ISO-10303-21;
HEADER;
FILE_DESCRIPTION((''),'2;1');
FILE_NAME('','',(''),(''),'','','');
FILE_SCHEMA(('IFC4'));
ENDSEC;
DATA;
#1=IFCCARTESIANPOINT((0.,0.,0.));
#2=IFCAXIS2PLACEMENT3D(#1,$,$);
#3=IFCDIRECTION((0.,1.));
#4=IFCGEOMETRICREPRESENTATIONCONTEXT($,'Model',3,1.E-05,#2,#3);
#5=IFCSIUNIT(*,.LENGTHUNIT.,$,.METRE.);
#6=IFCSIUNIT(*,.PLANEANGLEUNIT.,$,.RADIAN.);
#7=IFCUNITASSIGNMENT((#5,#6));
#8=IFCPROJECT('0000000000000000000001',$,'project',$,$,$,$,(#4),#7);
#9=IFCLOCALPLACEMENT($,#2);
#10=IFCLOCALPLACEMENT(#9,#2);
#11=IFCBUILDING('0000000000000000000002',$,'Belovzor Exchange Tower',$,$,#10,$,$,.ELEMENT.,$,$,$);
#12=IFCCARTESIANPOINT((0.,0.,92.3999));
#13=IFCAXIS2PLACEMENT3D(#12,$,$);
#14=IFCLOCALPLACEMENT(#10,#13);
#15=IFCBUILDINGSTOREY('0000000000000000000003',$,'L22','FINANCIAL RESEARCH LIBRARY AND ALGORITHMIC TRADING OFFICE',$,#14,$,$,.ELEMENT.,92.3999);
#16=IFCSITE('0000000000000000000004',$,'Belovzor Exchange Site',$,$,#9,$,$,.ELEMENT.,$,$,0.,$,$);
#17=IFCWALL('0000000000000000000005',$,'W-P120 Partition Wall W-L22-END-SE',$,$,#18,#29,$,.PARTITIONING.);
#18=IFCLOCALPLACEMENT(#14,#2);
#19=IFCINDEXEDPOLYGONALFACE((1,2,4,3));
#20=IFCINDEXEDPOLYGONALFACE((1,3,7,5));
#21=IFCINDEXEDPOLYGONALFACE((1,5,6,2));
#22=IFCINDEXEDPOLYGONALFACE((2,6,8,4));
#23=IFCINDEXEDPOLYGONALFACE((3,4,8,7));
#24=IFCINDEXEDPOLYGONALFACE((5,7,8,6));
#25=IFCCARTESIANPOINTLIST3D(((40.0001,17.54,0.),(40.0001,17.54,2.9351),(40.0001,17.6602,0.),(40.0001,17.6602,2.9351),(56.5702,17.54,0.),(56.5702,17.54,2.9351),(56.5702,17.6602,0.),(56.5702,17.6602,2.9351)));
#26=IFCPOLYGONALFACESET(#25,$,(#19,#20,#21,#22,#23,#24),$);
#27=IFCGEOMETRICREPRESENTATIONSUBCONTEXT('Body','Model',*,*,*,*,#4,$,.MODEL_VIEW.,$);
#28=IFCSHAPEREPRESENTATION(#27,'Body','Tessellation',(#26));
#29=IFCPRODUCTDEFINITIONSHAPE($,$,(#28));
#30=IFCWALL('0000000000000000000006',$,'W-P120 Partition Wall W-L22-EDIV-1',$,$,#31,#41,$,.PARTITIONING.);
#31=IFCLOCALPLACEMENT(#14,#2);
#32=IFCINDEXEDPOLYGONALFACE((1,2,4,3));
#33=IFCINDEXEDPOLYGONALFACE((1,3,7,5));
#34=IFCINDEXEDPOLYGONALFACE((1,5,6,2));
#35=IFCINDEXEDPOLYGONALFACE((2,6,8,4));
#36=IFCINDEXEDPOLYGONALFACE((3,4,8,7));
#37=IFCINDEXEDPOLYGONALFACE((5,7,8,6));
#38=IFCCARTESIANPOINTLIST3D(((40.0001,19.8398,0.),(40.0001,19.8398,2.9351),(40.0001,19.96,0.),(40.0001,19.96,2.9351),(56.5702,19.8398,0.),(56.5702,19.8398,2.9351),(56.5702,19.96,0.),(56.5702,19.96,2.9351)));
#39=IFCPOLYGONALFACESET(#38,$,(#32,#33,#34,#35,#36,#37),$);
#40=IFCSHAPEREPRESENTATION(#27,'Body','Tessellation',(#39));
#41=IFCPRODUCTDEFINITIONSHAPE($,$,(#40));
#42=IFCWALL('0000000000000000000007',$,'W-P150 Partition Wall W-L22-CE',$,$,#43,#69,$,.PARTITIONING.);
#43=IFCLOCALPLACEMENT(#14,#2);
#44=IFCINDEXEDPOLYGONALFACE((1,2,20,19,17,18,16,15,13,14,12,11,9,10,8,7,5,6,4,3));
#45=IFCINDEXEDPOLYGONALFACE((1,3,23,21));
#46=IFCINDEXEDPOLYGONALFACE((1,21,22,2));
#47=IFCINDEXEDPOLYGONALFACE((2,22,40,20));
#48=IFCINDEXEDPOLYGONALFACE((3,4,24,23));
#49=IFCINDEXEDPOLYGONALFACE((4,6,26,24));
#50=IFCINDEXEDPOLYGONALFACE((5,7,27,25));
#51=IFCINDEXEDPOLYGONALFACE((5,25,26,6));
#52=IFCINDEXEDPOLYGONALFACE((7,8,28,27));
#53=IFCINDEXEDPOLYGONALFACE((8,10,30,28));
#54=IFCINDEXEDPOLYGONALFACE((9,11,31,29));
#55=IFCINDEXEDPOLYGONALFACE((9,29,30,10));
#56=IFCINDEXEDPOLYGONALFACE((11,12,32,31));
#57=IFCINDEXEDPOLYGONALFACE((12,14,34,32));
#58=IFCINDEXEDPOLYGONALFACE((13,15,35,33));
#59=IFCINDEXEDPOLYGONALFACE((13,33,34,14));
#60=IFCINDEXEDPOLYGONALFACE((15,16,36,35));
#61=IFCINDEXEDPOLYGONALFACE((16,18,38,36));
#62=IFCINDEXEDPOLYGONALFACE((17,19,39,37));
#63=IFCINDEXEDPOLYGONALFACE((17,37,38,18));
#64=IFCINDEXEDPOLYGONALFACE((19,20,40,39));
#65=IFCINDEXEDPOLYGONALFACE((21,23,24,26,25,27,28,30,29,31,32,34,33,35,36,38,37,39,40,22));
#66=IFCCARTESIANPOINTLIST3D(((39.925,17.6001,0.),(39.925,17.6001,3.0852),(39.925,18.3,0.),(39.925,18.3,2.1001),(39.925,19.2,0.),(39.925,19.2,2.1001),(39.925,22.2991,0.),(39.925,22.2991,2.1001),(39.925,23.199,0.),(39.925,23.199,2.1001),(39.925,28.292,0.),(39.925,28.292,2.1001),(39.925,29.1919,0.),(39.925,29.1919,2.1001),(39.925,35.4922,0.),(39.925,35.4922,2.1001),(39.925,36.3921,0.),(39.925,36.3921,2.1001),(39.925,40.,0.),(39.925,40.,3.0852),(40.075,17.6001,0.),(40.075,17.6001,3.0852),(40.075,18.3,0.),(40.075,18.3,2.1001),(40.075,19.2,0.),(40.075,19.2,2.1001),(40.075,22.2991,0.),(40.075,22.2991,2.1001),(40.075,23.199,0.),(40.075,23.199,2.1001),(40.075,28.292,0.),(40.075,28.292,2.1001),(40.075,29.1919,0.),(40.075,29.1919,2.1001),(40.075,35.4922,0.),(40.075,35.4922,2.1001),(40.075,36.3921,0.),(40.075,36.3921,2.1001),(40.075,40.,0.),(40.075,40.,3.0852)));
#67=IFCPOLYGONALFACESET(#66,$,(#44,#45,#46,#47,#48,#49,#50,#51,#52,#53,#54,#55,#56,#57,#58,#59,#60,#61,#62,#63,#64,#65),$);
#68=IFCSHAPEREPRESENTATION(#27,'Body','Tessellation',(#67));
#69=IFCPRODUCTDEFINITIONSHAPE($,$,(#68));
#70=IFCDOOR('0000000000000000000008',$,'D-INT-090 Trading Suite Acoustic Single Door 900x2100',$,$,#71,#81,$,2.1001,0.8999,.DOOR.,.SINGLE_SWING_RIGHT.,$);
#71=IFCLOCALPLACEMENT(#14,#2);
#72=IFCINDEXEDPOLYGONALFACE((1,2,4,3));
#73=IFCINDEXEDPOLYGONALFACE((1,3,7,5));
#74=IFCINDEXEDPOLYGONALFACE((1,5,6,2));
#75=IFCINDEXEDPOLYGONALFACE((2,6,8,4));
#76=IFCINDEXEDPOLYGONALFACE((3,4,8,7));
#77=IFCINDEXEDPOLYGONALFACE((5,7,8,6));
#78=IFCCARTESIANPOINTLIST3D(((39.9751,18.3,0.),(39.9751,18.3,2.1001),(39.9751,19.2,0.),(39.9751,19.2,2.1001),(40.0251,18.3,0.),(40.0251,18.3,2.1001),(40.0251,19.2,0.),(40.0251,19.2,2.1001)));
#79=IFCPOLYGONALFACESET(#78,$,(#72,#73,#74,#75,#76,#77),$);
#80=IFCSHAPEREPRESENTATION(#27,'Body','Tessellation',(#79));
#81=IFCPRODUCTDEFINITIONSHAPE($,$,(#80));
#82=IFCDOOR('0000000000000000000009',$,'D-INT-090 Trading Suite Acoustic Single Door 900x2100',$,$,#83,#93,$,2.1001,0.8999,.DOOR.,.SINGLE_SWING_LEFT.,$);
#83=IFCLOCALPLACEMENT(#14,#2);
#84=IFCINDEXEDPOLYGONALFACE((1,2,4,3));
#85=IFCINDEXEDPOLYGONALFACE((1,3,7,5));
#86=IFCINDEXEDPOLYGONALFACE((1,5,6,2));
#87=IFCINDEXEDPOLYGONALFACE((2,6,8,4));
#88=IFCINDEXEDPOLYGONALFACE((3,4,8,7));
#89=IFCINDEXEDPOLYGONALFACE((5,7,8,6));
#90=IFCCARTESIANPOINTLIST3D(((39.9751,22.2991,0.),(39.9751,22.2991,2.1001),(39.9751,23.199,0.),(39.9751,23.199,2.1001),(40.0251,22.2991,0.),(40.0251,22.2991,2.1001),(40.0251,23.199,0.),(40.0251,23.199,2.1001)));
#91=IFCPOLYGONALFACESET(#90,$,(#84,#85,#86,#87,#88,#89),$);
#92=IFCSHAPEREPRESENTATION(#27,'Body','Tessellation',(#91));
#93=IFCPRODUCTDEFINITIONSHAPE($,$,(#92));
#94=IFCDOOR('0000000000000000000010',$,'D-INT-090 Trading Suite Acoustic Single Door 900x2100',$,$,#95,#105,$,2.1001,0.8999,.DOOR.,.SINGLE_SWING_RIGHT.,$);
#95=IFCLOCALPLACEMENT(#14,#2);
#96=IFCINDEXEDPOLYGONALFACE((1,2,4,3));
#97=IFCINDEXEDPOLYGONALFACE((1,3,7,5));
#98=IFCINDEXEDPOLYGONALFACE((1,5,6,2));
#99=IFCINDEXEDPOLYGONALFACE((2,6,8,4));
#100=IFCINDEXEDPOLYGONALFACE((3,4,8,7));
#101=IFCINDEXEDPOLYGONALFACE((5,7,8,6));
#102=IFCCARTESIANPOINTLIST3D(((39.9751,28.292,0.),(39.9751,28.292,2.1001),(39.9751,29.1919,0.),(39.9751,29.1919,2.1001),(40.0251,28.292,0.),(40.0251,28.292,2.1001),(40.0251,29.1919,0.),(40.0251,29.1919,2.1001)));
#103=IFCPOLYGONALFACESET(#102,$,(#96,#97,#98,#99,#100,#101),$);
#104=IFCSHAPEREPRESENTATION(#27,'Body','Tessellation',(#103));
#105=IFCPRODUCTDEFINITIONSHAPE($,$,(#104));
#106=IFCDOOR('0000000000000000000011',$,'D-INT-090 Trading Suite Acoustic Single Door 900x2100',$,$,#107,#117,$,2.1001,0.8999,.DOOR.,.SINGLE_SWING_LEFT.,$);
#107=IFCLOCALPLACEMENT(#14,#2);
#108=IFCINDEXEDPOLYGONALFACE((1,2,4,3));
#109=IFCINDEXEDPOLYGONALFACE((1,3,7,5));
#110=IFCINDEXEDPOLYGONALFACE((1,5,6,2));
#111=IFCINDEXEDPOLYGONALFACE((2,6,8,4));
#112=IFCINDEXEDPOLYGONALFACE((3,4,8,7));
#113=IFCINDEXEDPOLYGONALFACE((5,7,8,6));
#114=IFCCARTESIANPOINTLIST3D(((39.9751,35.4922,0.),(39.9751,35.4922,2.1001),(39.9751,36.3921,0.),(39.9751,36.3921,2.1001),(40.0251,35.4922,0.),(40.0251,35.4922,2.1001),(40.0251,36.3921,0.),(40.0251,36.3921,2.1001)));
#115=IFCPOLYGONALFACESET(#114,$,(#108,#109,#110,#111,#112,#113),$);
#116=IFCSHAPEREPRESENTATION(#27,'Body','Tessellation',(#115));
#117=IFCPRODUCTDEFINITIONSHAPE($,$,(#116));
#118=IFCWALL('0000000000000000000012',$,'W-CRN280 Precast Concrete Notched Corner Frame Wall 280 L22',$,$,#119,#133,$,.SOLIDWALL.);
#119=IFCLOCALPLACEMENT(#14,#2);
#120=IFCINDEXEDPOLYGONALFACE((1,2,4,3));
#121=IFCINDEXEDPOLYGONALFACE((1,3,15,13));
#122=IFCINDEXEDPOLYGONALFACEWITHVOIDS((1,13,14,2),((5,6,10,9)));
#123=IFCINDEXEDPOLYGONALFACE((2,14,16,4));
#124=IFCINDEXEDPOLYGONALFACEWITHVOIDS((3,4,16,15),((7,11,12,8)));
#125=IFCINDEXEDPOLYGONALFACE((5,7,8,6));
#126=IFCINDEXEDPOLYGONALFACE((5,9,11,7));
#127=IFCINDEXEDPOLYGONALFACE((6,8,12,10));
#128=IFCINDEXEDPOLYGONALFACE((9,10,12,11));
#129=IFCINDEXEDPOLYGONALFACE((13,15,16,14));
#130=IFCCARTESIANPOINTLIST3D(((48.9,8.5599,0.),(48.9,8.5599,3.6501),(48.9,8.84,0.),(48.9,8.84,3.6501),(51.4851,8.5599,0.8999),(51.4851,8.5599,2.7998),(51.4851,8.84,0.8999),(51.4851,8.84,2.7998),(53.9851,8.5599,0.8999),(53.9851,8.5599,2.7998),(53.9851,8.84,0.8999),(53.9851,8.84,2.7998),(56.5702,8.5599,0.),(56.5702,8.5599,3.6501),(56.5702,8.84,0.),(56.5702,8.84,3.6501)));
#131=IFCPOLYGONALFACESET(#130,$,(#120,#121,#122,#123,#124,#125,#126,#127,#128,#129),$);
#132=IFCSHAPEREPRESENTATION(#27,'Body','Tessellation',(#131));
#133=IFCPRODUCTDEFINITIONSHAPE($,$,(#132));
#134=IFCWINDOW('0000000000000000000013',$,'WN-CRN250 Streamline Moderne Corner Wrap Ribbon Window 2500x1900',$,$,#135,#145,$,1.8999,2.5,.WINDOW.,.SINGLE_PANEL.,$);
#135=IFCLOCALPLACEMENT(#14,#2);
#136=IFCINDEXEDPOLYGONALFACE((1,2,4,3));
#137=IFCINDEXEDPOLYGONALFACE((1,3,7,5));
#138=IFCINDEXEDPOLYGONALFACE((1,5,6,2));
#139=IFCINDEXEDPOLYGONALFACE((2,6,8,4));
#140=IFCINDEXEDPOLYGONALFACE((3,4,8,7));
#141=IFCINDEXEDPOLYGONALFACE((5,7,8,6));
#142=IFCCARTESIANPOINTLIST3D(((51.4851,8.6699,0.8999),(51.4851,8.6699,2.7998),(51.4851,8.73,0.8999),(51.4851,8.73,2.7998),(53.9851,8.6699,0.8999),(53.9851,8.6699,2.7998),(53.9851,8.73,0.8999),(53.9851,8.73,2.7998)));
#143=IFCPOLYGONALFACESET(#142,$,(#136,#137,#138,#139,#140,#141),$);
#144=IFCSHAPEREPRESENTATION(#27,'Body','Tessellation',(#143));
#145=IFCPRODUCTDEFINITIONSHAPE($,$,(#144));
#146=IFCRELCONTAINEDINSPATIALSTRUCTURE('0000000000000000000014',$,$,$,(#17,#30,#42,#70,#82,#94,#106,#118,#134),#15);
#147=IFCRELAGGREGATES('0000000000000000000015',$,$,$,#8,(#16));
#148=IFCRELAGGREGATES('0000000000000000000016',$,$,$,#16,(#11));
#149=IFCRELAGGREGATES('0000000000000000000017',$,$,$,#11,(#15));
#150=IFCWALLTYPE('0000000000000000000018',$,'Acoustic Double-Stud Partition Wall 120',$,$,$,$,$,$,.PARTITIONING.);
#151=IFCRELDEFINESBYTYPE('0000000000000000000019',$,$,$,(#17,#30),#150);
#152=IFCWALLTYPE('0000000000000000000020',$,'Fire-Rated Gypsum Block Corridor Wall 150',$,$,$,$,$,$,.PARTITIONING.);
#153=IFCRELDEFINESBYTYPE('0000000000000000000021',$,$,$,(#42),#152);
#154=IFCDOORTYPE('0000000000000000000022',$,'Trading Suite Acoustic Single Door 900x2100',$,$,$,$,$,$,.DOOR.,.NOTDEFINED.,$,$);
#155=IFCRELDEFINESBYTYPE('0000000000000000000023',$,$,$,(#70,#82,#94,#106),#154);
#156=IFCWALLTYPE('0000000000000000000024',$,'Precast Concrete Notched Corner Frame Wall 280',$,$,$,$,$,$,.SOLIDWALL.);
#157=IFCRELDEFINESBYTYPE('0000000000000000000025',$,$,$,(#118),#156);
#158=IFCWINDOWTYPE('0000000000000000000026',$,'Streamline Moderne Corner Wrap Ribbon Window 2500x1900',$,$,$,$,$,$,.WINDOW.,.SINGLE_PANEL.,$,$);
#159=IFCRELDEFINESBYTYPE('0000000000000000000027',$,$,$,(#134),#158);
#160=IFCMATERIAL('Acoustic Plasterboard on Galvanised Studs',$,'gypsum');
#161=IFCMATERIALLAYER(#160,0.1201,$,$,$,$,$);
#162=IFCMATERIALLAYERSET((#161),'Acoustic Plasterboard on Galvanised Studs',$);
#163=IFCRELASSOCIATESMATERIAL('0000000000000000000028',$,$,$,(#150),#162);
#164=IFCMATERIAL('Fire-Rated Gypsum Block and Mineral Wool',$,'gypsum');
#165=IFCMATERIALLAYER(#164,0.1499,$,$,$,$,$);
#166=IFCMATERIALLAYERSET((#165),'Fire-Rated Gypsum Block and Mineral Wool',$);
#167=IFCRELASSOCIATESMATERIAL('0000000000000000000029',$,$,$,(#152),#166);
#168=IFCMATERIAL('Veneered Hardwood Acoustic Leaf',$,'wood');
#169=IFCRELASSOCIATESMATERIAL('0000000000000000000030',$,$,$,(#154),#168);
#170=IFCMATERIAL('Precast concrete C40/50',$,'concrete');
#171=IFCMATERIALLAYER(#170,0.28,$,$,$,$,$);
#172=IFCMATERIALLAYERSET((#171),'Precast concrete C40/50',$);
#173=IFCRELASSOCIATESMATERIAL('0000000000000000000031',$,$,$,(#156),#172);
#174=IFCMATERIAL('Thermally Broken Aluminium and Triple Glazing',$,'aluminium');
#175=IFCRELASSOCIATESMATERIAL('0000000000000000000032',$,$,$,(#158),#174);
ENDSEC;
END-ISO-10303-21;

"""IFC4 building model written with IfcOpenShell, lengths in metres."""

from ifc_helpers import new_model, si_unit, direction, frame, frame_2d, origin, place, context, subcontext, project, spatial, rectangle, extrude, material, layer, layer_set, type_object, element, fill, save


model = new_model("IFC4")

# Units and contexts
model_context = context("Model", 3, precision=1e-05, world=origin(), true_north=direction((0.0, 1.0)))
body_context = subcontext(model_context, "Body", "Model", "MODEL_VIEW")
ifc_project = project(units=[si_unit("LENGTHUNIT", "METRE"), si_unit("PLANEANGLEUNIT", "RADIAN")], contexts=[model_context])

# Site, building, storey
site_placement = place(None, origin())
site = spatial("IfcSite", under=ifc_project, at=site_placement, Name="Belovzor Exchange Site", CompositionType="ELEMENT", RefElevation=0.0)
building_placement = place(site_placement, origin())
building = spatial("IfcBuilding", under=site, at=building_placement, Name="Belovzor Exchange Tower", CompositionType="ELEMENT")
storey_placement = place(building_placement, frame((0.0, 0.0, 92.3999)))
storey = spatial("IfcBuildingStorey", under=building, at=storey_placement, Name="L22", Description="FINANCIAL RESEARCH LIBRARY AND ALGORITHMIC TRADING OFFICE", CompositionType="ELEMENT", Elevation=92.3999)

# Walls
ifc_material_1 = material(Name="Acoustic Plasterboard on Galvanised Studs", Category="gypsum")
ifc_layer_1 = layer(ifc_material_1, 0.1201)
ifc_layer_set_1 = layer_set([ifc_layer_1], Name="Acoustic Plasterboard on Galvanised Studs")
wall_type_1 = type_object("IfcWallType", Name="Acoustic Double-Stud Partition Wall 120", PredefinedType="PARTITIONING", material=ifc_layer_set_1)
for number, where, z_axis, x_axis, name in (
    (1, (40.0, 17.6001, 0.0), (0.0, 0.0, 1.0), (1.0, 0.0, 0.0), "W-P120 Partition Wall W-L22-END-SE"),
    (2, (40.0, 19.8999, 0.0), (0.0, 0.0, 1.0), (1.0, 0.0, 0.0), "W-P120 Partition Wall W-L22-EDIV-1"),
):
    element("IfcWall", number, at=place(storey_placement, frame(where, z_axis=z_axis, x_axis=x_axis)), inside=storey, type_object=wall_type_1, Name=name, PredefinedType="PARTITIONING", context=body_context, shape_type="SweptSolid", body=[
        extrude(rectangle(XDim=16.5701, YDim=0.1201, at=frame_2d((8.2852, 0.0))), origin(), (0.0, 0.0, 1.0), 2.9351),
    ])

# Wall, openings, doors
ifc_material_2 = material(Name="Fire-Rated Gypsum Block and Mineral Wool", Category="gypsum")
ifc_layer_2 = layer(ifc_material_2, 0.1499)
ifc_layer_set_2 = layer_set([ifc_layer_2], Name="Fire-Rated Gypsum Block and Mineral Wool")
wall_type_2 = type_object("IfcWallType", Name="Fire-Rated Gypsum Block Corridor Wall 150", PredefinedType="PARTITIONING", material=ifc_layer_set_2)
wall_1_placement = place(storey_placement, frame((40.0, 17.6001, 0.0), z_axis=(0.0, 0.0, 1.0), x_axis=(0.0, 1.0, 0.0)))
wall_1 = element("IfcWall", 3, at=wall_1_placement, inside=storey, type_object=wall_type_2, Name="W-P150 Partition Wall W-L22-CE", PredefinedType="PARTITIONING", context=body_context, shape_type="SweptSolid", body=[
    extrude(rectangle(XDim=22.3999, YDim=0.1499, at=frame_2d((11.2, 0.0))), origin(), (0.0, 0.0, 1.0), 3.0852),
])
opening_1_placement = place(wall_1_placement, frame((0.7, 0.0, 0.0)))
opening_1 = element("IfcOpeningElement", 4, at=opening_1_placement, cuts=wall_1, PredefinedType="OPENING", context=body_context, shape_type="SweptSolid", body=[
    extrude(rectangle(XDim=0.8999, YDim=2.1001, at=frame_2d((0.45, 1.05))), frame((0.0, 0.085, 0.0), z_axis=(0.0, -1.0, 0.0), x_axis=(1.0, 0.0, 0.0)), (0.0, 0.0, 1.0), 0.1699),
])
opening_2_placement = place(wall_1_placement, frame((4.699, 0.0, 0.0)))
opening_2 = element("IfcOpeningElement", 5, at=opening_2_placement, cuts=wall_1, PredefinedType="OPENING", context=body_context, shape_type="SweptSolid", body=[
    extrude(rectangle(XDim=0.8999, YDim=2.1001, at=frame_2d((0.45, 1.05))), frame((0.0, 0.085, 0.0), z_axis=(0.0, -1.0, 0.0), x_axis=(1.0, 0.0, 0.0)), (0.0, 0.0, 1.0), 0.1699),
])
opening_3_placement = place(wall_1_placement, frame((10.6919, 0.0, 0.0)))
opening_3 = element("IfcOpeningElement", 6, at=opening_3_placement, cuts=wall_1, PredefinedType="OPENING", context=body_context, shape_type="SweptSolid", body=[
    extrude(rectangle(XDim=0.8999, YDim=2.1001, at=frame_2d((0.45, 1.05))), frame((0.0, 0.085, 0.0), z_axis=(0.0, -1.0, 0.0), x_axis=(1.0, 0.0, 0.0)), (0.0, 0.0, 1.0), 0.1699),
])
opening_4_placement = place(wall_1_placement, frame((17.8921, 0.0, 0.0)))
opening_4 = element("IfcOpeningElement", 7, at=opening_4_placement, cuts=wall_1, PredefinedType="OPENING", context=body_context, shape_type="SweptSolid", body=[
    extrude(rectangle(XDim=0.8999, YDim=2.1001, at=frame_2d((0.45, 1.05))), frame((0.0, 0.085, 0.0), z_axis=(0.0, -1.0, 0.0), x_axis=(1.0, 0.0, 0.0)), (0.0, 0.0, 1.0), 0.1699),
])
ifc_material_3 = material(Name="Veneered Hardwood Acoustic Leaf", Category="wood")
door_type_1 = type_object("IfcDoorType", Name="Trading Suite Acoustic Single Door 900x2100", OperationType="NOTDEFINED", PredefinedType="DOOR", material=ifc_material_3)
door_1_placement = place(opening_1_placement, origin())
door_1 = element("IfcDoor", 8, at=door_1_placement, inside=storey, type_object=door_type_1, Name="D-INT-090 Trading Suite Acoustic Single Door 900x2100", OperationType="SINGLE_SWING_RIGHT", OverallHeight=2.1001, OverallWidth=0.8999, PredefinedType="DOOR", context=body_context, shape_type="SweptSolid", body=[
    extrude(rectangle(XDim=0.8999, YDim=2.1001, at=frame_2d((0.45, 1.05))), frame((0.0, 0.0249, 0.0), z_axis=(0.0, -1.0, 0.0), x_axis=(1.0, 0.0, 0.0)), (0.0, 0.0, 1.0), 0.05),
])
fill(opening_1, door_1)
door_2_placement = place(opening_2_placement, origin())
door_2 = element("IfcDoor", 9, at=door_2_placement, inside=storey, type_object=door_type_1, Name="D-INT-090 Trading Suite Acoustic Single Door 900x2100", OperationType="SINGLE_SWING_LEFT", OverallHeight=2.1001, OverallWidth=0.8999, PredefinedType="DOOR", context=body_context, shape_type="SweptSolid", body=[
    extrude(rectangle(XDim=0.8999, YDim=2.1001, at=frame_2d((0.45, 1.05))), frame((0.0, 0.0249, 0.0), z_axis=(0.0, -1.0, 0.0), x_axis=(1.0, 0.0, 0.0)), (0.0, 0.0, 1.0), 0.05),
])
fill(opening_2, door_2)
door_3_placement = place(opening_3_placement, origin())
door_3 = element("IfcDoor", 10, at=door_3_placement, inside=storey, type_object=door_type_1, Name="D-INT-090 Trading Suite Acoustic Single Door 900x2100", OperationType="SINGLE_SWING_RIGHT", OverallHeight=2.1001, OverallWidth=0.8999, PredefinedType="DOOR", context=body_context, shape_type="SweptSolid", body=[
    extrude(rectangle(XDim=0.8999, YDim=2.1001, at=frame_2d((0.45, 1.05))), frame((0.0, 0.0249, 0.0), z_axis=(0.0, -1.0, 0.0), x_axis=(1.0, 0.0, 0.0)), (0.0, 0.0, 1.0), 0.05),
])
fill(opening_3, door_3)
door_4_placement = place(opening_4_placement, origin())
door_4 = element("IfcDoor", 11, at=door_4_placement, inside=storey, type_object=door_type_1, Name="D-INT-090 Trading Suite Acoustic Single Door 900x2100", OperationType="SINGLE_SWING_LEFT", OverallHeight=2.1001, OverallWidth=0.8999, PredefinedType="DOOR", context=body_context, shape_type="SweptSolid", body=[
    extrude(rectangle(XDim=0.8999, YDim=2.1001, at=frame_2d((0.45, 1.05))), frame((0.0, 0.0249, 0.0), z_axis=(0.0, -1.0, 0.0), x_axis=(1.0, 0.0, 0.0)), (0.0, 0.0, 1.0), 0.05),
])
fill(opening_4, door_4)

# Wall, opening, window
ifc_material_4 = material(Name="Precast concrete C40/50", Category="concrete")
ifc_layer_3 = layer(ifc_material_4, 0.28)
ifc_layer_set_3 = layer_set([ifc_layer_3], Name="Precast concrete C40/50")
wall_type_3 = type_object("IfcWallType", Name="Precast Concrete Notched Corner Frame Wall 280", PredefinedType="SOLIDWALL", material=ifc_layer_set_3)
wall_2_placement = place(storey_placement, frame((56.5701, 8.7, 0.0), z_axis=(0.0, 0.0, 1.0), x_axis=(-1.0, 0.0, 0.0)))
wall_2 = element("IfcWall", 12, at=wall_2_placement, inside=storey, type_object=wall_type_3, Name="W-CRN280 Precast Concrete Notched Corner Frame Wall 280 L22", PredefinedType="SOLIDWALL", context=body_context, shape_type="SweptSolid", body=[
    extrude(rectangle(XDim=7.6702, YDim=0.28, at=frame_2d((3.835, 0.0))), origin(), (0.0, 0.0, 1.0), 3.6501),
])
opening_5_placement = place(wall_2_placement, frame((2.585, 0.0, 0.8999)))
opening_5 = element("IfcOpeningElement", 13, at=opening_5_placement, cuts=wall_2, PredefinedType="OPENING", context=body_context, shape_type="SweptSolid", body=[
    extrude(rectangle(XDim=2.5, YDim=1.8999, at=frame_2d((1.25, 0.95))), frame((0.0, 0.1499, 0.0), z_axis=(0.0, -1.0, 0.0), x_axis=(1.0, 0.0, 0.0)), (0.0, 0.0, 1.0), 0.3),
])
ifc_material_5 = material(Name="Thermally Broken Aluminium and Triple Glazing", Category="aluminium")
window_type = type_object("IfcWindowType", Name="Streamline Moderne Corner Wrap Ribbon Window 2500x1900", PartitioningType="SINGLE_PANEL", PredefinedType="WINDOW", material=ifc_material_5)
window_1_placement = place(opening_5_placement, origin())
window_1 = element("IfcWindow", 14, at=window_1_placement, inside=storey, type_object=window_type, Name="WN-CRN250 Streamline Moderne Corner Wrap Ribbon Window 2500x1900", OverallHeight=1.8999, OverallWidth=2.5, PartitioningType="SINGLE_PANEL", PredefinedType="WINDOW", context=body_context, shape_type="SweptSolid", body=[
    extrude(rectangle(XDim=2.5, YDim=1.8999, at=frame_2d((1.25, 0.95))), frame((0.0, 0.03, 0.0), z_axis=(0.0, -1.0, 0.0), x_axis=(1.0, 0.0, 0.0)), (0.0, 0.0, 1.0), 0.0601),
])
fill(opening_5, window_1)

save(model, "model.ifc")
